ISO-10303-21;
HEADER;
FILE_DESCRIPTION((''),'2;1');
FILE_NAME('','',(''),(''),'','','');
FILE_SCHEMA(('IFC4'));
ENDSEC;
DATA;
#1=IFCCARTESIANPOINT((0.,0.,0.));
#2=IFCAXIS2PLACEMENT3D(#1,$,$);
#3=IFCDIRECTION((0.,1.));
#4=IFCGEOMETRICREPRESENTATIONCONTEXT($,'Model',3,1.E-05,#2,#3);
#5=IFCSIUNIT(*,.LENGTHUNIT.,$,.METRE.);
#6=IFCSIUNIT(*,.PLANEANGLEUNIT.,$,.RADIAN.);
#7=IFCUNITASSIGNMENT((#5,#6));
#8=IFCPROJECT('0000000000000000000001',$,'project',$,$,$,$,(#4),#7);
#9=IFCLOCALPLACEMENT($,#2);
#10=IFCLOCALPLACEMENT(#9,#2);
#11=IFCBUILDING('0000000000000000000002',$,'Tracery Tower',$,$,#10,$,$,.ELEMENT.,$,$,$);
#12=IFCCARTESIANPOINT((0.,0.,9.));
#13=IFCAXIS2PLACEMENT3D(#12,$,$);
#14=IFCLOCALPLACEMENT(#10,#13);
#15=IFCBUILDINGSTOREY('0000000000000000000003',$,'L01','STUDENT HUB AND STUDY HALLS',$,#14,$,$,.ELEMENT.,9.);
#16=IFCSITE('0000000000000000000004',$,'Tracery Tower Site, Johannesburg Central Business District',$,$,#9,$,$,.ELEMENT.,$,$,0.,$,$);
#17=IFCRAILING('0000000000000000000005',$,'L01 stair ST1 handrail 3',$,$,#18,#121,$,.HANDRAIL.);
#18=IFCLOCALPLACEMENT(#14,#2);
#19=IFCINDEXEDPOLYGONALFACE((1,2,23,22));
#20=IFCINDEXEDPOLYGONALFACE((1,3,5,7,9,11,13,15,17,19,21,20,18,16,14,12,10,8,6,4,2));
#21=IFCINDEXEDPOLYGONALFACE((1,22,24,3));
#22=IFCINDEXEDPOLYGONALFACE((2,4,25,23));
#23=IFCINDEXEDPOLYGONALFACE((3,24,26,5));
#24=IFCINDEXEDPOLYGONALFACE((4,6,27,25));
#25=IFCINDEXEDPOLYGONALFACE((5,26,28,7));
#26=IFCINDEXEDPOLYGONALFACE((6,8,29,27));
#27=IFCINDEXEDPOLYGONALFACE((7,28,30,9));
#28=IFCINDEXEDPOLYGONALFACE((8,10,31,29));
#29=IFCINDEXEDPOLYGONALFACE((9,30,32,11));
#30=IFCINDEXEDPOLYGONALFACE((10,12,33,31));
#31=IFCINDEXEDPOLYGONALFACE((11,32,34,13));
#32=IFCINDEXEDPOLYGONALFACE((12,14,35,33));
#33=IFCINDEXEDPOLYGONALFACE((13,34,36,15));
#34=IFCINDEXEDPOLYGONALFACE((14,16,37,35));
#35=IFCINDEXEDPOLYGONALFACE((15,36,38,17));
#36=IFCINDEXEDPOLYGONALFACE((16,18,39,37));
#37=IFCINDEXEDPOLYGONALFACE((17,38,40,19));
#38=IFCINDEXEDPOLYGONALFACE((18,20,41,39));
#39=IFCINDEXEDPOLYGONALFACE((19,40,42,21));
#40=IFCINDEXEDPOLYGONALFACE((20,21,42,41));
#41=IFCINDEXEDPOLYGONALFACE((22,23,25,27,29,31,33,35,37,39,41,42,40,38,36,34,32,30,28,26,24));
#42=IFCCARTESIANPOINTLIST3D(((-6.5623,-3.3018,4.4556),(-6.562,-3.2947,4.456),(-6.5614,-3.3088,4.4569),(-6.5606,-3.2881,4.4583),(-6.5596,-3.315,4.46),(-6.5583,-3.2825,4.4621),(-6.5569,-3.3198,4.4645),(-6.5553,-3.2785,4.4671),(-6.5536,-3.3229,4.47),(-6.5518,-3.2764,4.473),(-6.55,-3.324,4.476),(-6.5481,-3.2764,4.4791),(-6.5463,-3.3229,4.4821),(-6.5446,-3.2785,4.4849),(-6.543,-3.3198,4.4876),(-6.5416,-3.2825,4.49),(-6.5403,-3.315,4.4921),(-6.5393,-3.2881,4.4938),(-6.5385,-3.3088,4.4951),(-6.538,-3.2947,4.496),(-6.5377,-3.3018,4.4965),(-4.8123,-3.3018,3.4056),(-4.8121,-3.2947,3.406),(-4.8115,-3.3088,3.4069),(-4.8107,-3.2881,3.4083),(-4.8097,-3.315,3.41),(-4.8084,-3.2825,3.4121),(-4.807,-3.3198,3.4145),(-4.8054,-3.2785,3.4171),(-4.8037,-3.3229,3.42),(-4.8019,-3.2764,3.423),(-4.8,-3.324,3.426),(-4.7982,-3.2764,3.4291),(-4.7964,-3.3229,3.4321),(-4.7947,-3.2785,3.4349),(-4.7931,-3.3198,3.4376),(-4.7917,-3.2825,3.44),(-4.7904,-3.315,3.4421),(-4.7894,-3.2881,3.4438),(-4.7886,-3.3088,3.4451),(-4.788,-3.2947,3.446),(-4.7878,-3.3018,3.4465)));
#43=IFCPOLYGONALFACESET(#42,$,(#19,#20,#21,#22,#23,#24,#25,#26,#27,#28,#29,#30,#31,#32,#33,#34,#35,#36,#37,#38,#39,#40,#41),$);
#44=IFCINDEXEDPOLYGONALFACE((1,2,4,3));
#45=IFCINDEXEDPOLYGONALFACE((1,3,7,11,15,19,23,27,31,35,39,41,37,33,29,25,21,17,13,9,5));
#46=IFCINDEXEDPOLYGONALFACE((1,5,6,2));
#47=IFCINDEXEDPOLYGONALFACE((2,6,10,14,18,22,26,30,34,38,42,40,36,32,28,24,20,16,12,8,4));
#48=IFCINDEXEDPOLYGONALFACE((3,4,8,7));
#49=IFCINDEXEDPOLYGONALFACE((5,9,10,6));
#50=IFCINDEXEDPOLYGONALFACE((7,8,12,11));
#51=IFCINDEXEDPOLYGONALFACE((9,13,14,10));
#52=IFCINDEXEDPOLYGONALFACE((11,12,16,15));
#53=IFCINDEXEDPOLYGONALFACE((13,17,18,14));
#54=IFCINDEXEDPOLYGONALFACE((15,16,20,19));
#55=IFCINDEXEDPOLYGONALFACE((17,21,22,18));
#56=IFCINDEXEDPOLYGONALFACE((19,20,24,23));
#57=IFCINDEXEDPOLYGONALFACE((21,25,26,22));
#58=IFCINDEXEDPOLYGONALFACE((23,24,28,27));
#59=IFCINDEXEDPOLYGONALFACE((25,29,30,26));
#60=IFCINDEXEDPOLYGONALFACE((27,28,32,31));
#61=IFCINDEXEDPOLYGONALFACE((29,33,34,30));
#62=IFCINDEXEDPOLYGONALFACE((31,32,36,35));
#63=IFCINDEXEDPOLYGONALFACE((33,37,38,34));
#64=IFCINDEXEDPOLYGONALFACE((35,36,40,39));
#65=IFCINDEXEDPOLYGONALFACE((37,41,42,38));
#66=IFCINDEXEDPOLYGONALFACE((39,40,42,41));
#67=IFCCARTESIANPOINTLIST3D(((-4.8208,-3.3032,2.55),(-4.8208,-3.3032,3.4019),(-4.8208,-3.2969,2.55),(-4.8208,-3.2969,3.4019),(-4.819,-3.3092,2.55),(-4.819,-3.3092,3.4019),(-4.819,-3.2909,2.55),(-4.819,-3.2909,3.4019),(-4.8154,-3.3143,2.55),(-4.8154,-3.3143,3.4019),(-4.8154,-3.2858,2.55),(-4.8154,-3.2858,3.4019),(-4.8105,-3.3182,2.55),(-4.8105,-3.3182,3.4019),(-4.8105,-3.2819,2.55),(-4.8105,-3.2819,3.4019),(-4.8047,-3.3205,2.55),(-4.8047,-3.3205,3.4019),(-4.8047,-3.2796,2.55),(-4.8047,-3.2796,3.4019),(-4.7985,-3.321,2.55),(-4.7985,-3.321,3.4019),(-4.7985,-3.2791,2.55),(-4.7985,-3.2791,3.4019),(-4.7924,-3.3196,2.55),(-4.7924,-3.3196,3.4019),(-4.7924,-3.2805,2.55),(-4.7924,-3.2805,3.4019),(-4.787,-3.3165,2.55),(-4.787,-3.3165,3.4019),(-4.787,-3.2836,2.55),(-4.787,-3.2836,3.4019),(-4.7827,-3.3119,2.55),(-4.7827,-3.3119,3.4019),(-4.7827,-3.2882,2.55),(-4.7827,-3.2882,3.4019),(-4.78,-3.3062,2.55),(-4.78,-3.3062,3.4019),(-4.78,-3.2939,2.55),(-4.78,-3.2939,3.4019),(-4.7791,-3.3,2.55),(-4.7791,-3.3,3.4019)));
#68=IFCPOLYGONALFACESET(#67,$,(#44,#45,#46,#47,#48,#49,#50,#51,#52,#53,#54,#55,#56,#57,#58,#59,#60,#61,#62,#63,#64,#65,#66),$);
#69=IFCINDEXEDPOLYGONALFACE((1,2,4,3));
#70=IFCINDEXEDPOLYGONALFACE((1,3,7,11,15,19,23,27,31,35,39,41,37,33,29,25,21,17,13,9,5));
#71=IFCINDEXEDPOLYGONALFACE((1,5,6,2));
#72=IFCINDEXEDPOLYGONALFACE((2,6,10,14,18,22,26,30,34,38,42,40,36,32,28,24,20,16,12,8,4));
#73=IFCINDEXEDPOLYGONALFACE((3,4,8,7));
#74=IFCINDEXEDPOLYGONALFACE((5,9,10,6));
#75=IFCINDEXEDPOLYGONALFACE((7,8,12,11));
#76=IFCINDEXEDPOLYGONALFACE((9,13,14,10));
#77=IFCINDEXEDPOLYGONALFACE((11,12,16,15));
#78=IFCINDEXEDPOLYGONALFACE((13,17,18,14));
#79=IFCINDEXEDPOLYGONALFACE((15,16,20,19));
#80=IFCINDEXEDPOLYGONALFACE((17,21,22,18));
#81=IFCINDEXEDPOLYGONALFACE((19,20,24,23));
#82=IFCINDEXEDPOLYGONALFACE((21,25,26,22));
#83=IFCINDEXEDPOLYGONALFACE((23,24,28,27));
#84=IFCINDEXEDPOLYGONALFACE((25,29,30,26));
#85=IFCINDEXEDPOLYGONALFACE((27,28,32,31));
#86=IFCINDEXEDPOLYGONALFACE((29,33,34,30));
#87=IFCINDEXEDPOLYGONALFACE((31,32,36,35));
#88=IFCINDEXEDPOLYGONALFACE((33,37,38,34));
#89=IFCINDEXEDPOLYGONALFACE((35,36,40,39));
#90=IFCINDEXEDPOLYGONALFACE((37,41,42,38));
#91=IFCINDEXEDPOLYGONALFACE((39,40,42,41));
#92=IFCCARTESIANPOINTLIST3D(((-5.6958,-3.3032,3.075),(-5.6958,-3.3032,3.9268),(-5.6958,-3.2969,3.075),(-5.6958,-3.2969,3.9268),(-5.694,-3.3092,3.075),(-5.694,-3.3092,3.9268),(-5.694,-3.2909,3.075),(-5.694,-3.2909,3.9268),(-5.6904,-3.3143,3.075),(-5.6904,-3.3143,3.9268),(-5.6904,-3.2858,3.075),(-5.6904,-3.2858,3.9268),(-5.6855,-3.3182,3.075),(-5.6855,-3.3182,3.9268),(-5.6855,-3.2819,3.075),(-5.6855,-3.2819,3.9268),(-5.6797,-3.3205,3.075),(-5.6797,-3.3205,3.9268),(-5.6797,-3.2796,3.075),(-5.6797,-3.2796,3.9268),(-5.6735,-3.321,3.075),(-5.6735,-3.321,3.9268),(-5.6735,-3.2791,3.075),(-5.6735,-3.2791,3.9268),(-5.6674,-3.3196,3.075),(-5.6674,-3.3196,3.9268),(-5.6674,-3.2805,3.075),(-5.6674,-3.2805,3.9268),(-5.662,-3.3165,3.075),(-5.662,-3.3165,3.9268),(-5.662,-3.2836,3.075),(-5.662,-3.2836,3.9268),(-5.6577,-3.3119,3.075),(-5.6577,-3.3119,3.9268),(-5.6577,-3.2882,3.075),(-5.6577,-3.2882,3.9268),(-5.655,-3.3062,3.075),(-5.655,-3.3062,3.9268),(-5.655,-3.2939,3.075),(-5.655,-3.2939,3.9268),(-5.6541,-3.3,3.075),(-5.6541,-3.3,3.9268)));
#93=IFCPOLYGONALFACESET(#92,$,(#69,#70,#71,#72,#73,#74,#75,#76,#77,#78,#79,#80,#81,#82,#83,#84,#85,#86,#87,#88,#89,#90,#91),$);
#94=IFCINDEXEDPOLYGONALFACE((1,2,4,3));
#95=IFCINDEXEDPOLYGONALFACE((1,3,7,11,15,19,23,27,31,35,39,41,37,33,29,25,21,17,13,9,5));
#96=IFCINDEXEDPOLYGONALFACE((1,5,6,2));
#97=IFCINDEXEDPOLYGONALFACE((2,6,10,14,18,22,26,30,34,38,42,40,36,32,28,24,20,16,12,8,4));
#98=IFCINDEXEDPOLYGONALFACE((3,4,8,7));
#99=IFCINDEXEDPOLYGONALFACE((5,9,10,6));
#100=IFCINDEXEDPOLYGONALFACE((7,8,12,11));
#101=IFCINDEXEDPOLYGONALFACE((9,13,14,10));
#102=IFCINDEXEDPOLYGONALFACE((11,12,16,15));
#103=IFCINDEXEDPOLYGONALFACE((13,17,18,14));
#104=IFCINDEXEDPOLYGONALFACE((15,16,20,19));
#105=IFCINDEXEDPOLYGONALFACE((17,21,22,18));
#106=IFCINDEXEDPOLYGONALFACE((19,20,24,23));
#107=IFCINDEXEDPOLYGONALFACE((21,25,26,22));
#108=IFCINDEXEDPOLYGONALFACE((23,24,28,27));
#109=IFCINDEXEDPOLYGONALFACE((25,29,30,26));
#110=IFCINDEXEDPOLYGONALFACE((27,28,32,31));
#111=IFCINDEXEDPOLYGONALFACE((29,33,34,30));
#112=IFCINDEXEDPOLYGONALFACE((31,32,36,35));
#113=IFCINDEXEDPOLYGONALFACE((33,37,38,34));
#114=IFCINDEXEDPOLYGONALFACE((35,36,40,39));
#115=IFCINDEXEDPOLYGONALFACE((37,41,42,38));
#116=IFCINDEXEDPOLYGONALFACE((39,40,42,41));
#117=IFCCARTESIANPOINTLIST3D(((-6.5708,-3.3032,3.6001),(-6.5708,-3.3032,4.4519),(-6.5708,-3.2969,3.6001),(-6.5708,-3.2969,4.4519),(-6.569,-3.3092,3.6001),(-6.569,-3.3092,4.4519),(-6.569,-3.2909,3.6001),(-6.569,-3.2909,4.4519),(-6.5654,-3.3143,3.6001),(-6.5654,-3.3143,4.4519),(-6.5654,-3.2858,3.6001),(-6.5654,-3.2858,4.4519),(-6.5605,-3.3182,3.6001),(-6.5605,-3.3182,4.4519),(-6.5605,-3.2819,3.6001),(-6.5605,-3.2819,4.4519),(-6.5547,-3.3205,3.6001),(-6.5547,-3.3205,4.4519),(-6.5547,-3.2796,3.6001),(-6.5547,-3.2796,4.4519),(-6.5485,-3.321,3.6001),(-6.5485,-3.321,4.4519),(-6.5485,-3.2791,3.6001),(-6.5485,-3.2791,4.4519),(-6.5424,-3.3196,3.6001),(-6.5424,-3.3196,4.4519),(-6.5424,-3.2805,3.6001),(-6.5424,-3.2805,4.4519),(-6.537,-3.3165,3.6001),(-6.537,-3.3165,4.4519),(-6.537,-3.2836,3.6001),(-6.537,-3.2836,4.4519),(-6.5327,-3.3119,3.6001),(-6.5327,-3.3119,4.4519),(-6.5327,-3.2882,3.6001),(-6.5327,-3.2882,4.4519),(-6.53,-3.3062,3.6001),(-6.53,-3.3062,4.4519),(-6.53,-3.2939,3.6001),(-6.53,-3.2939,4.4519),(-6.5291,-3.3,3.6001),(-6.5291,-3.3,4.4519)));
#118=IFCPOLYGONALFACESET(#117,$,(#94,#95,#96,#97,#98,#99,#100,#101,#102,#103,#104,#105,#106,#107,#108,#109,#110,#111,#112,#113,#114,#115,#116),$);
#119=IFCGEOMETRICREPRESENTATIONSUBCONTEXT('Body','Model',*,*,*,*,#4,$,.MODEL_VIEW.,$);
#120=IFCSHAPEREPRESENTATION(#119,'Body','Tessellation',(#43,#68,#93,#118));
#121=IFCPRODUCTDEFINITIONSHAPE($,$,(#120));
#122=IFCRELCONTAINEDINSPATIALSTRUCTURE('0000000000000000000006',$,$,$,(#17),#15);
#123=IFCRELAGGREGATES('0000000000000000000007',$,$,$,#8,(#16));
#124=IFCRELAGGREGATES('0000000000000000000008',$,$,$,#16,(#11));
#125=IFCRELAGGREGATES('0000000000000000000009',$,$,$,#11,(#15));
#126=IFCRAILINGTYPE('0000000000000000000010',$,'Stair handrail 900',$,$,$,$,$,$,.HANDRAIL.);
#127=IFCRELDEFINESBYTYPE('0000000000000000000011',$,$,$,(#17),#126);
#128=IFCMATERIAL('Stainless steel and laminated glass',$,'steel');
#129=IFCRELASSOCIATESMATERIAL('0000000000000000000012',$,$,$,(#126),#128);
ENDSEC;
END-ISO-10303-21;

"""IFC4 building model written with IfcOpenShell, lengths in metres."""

from ifc_helpers import new_model, si_unit, direction, frame, origin, origin_2d, place, context, subcontext, project, spatial, circle, extrude, material, type_object, element, save


model = new_model("IFC4")

# Units and contexts
model_context = context("Model", 3, precision=1e-05, world=origin(), true_north=direction((0.0, 1.0)))
body_context = subcontext(model_context, "Body", "Model", "MODEL_VIEW")
ifc_project = project(units=[si_unit("LENGTHUNIT", "METRE"), si_unit("PLANEANGLEUNIT", "RADIAN")], contexts=[model_context])

# Site, building, storey
site_placement = place(None, origin())
site = spatial("IfcSite", under=ifc_project, at=site_placement, Name="Tracery Tower Site, Johannesburg Central Business District", CompositionType="ELEMENT", RefElevation=0.0)
building_placement = place(site_placement, origin())
building = spatial("IfcBuilding", under=site, at=building_placement, Name="Tracery Tower", CompositionType="ELEMENT")
storey_placement = place(building_placement, frame((0.0, 0.0, 9.0)))
storey = spatial("IfcBuildingStorey", under=building, at=storey_placement, Name="L01", Description="STUDENT HUB AND STUDY HALLS", CompositionType="ELEMENT", Elevation=9.0)

# Railing
ifc_material_1 = material(Name="Stainless steel and laminated glass", Category="steel")
railing_type_1 = type_object("IfcRailingType", Name="Stair handrail 900", PredefinedType="HANDRAIL", material=ifc_material_1)
railing_1_placement = place(storey_placement, frame((-4.8, -3.3, 2.55)))
element("IfcRailing", 1, at=railing_1_placement, inside=storey, type_object=railing_type_1, Name="L01 stair ST1 handrail 3", PredefinedType="HANDRAIL", context=body_context, shape_type="SweptSolid", body=[
    extrude(circle(Radius=0.0239, at=origin_2d()), frame((0.0, 0.0, 0.876), z_axis=(-0.857482, 0.0, 0.514513), x_axis=(0.0, -1.0, 0.0)), (0.0, 0.0, 1.0), 2.0408),
    extrude(circle(Radius=0.021, at=origin_2d()), origin(), (0.0, 0.0, 1.0), 0.8518),
    extrude(circle(Radius=0.021, at=origin_2d()), frame((-0.875, 0.0, 0.5249)), (0.0, 0.0, 1.0), 0.8518),
    extrude(circle(Radius=0.021, at=origin_2d()), frame((-1.75, 0.0, 1.05)), (0.0, 0.0, 1.0), 0.8518),
])

save(model, "model.ifc")
